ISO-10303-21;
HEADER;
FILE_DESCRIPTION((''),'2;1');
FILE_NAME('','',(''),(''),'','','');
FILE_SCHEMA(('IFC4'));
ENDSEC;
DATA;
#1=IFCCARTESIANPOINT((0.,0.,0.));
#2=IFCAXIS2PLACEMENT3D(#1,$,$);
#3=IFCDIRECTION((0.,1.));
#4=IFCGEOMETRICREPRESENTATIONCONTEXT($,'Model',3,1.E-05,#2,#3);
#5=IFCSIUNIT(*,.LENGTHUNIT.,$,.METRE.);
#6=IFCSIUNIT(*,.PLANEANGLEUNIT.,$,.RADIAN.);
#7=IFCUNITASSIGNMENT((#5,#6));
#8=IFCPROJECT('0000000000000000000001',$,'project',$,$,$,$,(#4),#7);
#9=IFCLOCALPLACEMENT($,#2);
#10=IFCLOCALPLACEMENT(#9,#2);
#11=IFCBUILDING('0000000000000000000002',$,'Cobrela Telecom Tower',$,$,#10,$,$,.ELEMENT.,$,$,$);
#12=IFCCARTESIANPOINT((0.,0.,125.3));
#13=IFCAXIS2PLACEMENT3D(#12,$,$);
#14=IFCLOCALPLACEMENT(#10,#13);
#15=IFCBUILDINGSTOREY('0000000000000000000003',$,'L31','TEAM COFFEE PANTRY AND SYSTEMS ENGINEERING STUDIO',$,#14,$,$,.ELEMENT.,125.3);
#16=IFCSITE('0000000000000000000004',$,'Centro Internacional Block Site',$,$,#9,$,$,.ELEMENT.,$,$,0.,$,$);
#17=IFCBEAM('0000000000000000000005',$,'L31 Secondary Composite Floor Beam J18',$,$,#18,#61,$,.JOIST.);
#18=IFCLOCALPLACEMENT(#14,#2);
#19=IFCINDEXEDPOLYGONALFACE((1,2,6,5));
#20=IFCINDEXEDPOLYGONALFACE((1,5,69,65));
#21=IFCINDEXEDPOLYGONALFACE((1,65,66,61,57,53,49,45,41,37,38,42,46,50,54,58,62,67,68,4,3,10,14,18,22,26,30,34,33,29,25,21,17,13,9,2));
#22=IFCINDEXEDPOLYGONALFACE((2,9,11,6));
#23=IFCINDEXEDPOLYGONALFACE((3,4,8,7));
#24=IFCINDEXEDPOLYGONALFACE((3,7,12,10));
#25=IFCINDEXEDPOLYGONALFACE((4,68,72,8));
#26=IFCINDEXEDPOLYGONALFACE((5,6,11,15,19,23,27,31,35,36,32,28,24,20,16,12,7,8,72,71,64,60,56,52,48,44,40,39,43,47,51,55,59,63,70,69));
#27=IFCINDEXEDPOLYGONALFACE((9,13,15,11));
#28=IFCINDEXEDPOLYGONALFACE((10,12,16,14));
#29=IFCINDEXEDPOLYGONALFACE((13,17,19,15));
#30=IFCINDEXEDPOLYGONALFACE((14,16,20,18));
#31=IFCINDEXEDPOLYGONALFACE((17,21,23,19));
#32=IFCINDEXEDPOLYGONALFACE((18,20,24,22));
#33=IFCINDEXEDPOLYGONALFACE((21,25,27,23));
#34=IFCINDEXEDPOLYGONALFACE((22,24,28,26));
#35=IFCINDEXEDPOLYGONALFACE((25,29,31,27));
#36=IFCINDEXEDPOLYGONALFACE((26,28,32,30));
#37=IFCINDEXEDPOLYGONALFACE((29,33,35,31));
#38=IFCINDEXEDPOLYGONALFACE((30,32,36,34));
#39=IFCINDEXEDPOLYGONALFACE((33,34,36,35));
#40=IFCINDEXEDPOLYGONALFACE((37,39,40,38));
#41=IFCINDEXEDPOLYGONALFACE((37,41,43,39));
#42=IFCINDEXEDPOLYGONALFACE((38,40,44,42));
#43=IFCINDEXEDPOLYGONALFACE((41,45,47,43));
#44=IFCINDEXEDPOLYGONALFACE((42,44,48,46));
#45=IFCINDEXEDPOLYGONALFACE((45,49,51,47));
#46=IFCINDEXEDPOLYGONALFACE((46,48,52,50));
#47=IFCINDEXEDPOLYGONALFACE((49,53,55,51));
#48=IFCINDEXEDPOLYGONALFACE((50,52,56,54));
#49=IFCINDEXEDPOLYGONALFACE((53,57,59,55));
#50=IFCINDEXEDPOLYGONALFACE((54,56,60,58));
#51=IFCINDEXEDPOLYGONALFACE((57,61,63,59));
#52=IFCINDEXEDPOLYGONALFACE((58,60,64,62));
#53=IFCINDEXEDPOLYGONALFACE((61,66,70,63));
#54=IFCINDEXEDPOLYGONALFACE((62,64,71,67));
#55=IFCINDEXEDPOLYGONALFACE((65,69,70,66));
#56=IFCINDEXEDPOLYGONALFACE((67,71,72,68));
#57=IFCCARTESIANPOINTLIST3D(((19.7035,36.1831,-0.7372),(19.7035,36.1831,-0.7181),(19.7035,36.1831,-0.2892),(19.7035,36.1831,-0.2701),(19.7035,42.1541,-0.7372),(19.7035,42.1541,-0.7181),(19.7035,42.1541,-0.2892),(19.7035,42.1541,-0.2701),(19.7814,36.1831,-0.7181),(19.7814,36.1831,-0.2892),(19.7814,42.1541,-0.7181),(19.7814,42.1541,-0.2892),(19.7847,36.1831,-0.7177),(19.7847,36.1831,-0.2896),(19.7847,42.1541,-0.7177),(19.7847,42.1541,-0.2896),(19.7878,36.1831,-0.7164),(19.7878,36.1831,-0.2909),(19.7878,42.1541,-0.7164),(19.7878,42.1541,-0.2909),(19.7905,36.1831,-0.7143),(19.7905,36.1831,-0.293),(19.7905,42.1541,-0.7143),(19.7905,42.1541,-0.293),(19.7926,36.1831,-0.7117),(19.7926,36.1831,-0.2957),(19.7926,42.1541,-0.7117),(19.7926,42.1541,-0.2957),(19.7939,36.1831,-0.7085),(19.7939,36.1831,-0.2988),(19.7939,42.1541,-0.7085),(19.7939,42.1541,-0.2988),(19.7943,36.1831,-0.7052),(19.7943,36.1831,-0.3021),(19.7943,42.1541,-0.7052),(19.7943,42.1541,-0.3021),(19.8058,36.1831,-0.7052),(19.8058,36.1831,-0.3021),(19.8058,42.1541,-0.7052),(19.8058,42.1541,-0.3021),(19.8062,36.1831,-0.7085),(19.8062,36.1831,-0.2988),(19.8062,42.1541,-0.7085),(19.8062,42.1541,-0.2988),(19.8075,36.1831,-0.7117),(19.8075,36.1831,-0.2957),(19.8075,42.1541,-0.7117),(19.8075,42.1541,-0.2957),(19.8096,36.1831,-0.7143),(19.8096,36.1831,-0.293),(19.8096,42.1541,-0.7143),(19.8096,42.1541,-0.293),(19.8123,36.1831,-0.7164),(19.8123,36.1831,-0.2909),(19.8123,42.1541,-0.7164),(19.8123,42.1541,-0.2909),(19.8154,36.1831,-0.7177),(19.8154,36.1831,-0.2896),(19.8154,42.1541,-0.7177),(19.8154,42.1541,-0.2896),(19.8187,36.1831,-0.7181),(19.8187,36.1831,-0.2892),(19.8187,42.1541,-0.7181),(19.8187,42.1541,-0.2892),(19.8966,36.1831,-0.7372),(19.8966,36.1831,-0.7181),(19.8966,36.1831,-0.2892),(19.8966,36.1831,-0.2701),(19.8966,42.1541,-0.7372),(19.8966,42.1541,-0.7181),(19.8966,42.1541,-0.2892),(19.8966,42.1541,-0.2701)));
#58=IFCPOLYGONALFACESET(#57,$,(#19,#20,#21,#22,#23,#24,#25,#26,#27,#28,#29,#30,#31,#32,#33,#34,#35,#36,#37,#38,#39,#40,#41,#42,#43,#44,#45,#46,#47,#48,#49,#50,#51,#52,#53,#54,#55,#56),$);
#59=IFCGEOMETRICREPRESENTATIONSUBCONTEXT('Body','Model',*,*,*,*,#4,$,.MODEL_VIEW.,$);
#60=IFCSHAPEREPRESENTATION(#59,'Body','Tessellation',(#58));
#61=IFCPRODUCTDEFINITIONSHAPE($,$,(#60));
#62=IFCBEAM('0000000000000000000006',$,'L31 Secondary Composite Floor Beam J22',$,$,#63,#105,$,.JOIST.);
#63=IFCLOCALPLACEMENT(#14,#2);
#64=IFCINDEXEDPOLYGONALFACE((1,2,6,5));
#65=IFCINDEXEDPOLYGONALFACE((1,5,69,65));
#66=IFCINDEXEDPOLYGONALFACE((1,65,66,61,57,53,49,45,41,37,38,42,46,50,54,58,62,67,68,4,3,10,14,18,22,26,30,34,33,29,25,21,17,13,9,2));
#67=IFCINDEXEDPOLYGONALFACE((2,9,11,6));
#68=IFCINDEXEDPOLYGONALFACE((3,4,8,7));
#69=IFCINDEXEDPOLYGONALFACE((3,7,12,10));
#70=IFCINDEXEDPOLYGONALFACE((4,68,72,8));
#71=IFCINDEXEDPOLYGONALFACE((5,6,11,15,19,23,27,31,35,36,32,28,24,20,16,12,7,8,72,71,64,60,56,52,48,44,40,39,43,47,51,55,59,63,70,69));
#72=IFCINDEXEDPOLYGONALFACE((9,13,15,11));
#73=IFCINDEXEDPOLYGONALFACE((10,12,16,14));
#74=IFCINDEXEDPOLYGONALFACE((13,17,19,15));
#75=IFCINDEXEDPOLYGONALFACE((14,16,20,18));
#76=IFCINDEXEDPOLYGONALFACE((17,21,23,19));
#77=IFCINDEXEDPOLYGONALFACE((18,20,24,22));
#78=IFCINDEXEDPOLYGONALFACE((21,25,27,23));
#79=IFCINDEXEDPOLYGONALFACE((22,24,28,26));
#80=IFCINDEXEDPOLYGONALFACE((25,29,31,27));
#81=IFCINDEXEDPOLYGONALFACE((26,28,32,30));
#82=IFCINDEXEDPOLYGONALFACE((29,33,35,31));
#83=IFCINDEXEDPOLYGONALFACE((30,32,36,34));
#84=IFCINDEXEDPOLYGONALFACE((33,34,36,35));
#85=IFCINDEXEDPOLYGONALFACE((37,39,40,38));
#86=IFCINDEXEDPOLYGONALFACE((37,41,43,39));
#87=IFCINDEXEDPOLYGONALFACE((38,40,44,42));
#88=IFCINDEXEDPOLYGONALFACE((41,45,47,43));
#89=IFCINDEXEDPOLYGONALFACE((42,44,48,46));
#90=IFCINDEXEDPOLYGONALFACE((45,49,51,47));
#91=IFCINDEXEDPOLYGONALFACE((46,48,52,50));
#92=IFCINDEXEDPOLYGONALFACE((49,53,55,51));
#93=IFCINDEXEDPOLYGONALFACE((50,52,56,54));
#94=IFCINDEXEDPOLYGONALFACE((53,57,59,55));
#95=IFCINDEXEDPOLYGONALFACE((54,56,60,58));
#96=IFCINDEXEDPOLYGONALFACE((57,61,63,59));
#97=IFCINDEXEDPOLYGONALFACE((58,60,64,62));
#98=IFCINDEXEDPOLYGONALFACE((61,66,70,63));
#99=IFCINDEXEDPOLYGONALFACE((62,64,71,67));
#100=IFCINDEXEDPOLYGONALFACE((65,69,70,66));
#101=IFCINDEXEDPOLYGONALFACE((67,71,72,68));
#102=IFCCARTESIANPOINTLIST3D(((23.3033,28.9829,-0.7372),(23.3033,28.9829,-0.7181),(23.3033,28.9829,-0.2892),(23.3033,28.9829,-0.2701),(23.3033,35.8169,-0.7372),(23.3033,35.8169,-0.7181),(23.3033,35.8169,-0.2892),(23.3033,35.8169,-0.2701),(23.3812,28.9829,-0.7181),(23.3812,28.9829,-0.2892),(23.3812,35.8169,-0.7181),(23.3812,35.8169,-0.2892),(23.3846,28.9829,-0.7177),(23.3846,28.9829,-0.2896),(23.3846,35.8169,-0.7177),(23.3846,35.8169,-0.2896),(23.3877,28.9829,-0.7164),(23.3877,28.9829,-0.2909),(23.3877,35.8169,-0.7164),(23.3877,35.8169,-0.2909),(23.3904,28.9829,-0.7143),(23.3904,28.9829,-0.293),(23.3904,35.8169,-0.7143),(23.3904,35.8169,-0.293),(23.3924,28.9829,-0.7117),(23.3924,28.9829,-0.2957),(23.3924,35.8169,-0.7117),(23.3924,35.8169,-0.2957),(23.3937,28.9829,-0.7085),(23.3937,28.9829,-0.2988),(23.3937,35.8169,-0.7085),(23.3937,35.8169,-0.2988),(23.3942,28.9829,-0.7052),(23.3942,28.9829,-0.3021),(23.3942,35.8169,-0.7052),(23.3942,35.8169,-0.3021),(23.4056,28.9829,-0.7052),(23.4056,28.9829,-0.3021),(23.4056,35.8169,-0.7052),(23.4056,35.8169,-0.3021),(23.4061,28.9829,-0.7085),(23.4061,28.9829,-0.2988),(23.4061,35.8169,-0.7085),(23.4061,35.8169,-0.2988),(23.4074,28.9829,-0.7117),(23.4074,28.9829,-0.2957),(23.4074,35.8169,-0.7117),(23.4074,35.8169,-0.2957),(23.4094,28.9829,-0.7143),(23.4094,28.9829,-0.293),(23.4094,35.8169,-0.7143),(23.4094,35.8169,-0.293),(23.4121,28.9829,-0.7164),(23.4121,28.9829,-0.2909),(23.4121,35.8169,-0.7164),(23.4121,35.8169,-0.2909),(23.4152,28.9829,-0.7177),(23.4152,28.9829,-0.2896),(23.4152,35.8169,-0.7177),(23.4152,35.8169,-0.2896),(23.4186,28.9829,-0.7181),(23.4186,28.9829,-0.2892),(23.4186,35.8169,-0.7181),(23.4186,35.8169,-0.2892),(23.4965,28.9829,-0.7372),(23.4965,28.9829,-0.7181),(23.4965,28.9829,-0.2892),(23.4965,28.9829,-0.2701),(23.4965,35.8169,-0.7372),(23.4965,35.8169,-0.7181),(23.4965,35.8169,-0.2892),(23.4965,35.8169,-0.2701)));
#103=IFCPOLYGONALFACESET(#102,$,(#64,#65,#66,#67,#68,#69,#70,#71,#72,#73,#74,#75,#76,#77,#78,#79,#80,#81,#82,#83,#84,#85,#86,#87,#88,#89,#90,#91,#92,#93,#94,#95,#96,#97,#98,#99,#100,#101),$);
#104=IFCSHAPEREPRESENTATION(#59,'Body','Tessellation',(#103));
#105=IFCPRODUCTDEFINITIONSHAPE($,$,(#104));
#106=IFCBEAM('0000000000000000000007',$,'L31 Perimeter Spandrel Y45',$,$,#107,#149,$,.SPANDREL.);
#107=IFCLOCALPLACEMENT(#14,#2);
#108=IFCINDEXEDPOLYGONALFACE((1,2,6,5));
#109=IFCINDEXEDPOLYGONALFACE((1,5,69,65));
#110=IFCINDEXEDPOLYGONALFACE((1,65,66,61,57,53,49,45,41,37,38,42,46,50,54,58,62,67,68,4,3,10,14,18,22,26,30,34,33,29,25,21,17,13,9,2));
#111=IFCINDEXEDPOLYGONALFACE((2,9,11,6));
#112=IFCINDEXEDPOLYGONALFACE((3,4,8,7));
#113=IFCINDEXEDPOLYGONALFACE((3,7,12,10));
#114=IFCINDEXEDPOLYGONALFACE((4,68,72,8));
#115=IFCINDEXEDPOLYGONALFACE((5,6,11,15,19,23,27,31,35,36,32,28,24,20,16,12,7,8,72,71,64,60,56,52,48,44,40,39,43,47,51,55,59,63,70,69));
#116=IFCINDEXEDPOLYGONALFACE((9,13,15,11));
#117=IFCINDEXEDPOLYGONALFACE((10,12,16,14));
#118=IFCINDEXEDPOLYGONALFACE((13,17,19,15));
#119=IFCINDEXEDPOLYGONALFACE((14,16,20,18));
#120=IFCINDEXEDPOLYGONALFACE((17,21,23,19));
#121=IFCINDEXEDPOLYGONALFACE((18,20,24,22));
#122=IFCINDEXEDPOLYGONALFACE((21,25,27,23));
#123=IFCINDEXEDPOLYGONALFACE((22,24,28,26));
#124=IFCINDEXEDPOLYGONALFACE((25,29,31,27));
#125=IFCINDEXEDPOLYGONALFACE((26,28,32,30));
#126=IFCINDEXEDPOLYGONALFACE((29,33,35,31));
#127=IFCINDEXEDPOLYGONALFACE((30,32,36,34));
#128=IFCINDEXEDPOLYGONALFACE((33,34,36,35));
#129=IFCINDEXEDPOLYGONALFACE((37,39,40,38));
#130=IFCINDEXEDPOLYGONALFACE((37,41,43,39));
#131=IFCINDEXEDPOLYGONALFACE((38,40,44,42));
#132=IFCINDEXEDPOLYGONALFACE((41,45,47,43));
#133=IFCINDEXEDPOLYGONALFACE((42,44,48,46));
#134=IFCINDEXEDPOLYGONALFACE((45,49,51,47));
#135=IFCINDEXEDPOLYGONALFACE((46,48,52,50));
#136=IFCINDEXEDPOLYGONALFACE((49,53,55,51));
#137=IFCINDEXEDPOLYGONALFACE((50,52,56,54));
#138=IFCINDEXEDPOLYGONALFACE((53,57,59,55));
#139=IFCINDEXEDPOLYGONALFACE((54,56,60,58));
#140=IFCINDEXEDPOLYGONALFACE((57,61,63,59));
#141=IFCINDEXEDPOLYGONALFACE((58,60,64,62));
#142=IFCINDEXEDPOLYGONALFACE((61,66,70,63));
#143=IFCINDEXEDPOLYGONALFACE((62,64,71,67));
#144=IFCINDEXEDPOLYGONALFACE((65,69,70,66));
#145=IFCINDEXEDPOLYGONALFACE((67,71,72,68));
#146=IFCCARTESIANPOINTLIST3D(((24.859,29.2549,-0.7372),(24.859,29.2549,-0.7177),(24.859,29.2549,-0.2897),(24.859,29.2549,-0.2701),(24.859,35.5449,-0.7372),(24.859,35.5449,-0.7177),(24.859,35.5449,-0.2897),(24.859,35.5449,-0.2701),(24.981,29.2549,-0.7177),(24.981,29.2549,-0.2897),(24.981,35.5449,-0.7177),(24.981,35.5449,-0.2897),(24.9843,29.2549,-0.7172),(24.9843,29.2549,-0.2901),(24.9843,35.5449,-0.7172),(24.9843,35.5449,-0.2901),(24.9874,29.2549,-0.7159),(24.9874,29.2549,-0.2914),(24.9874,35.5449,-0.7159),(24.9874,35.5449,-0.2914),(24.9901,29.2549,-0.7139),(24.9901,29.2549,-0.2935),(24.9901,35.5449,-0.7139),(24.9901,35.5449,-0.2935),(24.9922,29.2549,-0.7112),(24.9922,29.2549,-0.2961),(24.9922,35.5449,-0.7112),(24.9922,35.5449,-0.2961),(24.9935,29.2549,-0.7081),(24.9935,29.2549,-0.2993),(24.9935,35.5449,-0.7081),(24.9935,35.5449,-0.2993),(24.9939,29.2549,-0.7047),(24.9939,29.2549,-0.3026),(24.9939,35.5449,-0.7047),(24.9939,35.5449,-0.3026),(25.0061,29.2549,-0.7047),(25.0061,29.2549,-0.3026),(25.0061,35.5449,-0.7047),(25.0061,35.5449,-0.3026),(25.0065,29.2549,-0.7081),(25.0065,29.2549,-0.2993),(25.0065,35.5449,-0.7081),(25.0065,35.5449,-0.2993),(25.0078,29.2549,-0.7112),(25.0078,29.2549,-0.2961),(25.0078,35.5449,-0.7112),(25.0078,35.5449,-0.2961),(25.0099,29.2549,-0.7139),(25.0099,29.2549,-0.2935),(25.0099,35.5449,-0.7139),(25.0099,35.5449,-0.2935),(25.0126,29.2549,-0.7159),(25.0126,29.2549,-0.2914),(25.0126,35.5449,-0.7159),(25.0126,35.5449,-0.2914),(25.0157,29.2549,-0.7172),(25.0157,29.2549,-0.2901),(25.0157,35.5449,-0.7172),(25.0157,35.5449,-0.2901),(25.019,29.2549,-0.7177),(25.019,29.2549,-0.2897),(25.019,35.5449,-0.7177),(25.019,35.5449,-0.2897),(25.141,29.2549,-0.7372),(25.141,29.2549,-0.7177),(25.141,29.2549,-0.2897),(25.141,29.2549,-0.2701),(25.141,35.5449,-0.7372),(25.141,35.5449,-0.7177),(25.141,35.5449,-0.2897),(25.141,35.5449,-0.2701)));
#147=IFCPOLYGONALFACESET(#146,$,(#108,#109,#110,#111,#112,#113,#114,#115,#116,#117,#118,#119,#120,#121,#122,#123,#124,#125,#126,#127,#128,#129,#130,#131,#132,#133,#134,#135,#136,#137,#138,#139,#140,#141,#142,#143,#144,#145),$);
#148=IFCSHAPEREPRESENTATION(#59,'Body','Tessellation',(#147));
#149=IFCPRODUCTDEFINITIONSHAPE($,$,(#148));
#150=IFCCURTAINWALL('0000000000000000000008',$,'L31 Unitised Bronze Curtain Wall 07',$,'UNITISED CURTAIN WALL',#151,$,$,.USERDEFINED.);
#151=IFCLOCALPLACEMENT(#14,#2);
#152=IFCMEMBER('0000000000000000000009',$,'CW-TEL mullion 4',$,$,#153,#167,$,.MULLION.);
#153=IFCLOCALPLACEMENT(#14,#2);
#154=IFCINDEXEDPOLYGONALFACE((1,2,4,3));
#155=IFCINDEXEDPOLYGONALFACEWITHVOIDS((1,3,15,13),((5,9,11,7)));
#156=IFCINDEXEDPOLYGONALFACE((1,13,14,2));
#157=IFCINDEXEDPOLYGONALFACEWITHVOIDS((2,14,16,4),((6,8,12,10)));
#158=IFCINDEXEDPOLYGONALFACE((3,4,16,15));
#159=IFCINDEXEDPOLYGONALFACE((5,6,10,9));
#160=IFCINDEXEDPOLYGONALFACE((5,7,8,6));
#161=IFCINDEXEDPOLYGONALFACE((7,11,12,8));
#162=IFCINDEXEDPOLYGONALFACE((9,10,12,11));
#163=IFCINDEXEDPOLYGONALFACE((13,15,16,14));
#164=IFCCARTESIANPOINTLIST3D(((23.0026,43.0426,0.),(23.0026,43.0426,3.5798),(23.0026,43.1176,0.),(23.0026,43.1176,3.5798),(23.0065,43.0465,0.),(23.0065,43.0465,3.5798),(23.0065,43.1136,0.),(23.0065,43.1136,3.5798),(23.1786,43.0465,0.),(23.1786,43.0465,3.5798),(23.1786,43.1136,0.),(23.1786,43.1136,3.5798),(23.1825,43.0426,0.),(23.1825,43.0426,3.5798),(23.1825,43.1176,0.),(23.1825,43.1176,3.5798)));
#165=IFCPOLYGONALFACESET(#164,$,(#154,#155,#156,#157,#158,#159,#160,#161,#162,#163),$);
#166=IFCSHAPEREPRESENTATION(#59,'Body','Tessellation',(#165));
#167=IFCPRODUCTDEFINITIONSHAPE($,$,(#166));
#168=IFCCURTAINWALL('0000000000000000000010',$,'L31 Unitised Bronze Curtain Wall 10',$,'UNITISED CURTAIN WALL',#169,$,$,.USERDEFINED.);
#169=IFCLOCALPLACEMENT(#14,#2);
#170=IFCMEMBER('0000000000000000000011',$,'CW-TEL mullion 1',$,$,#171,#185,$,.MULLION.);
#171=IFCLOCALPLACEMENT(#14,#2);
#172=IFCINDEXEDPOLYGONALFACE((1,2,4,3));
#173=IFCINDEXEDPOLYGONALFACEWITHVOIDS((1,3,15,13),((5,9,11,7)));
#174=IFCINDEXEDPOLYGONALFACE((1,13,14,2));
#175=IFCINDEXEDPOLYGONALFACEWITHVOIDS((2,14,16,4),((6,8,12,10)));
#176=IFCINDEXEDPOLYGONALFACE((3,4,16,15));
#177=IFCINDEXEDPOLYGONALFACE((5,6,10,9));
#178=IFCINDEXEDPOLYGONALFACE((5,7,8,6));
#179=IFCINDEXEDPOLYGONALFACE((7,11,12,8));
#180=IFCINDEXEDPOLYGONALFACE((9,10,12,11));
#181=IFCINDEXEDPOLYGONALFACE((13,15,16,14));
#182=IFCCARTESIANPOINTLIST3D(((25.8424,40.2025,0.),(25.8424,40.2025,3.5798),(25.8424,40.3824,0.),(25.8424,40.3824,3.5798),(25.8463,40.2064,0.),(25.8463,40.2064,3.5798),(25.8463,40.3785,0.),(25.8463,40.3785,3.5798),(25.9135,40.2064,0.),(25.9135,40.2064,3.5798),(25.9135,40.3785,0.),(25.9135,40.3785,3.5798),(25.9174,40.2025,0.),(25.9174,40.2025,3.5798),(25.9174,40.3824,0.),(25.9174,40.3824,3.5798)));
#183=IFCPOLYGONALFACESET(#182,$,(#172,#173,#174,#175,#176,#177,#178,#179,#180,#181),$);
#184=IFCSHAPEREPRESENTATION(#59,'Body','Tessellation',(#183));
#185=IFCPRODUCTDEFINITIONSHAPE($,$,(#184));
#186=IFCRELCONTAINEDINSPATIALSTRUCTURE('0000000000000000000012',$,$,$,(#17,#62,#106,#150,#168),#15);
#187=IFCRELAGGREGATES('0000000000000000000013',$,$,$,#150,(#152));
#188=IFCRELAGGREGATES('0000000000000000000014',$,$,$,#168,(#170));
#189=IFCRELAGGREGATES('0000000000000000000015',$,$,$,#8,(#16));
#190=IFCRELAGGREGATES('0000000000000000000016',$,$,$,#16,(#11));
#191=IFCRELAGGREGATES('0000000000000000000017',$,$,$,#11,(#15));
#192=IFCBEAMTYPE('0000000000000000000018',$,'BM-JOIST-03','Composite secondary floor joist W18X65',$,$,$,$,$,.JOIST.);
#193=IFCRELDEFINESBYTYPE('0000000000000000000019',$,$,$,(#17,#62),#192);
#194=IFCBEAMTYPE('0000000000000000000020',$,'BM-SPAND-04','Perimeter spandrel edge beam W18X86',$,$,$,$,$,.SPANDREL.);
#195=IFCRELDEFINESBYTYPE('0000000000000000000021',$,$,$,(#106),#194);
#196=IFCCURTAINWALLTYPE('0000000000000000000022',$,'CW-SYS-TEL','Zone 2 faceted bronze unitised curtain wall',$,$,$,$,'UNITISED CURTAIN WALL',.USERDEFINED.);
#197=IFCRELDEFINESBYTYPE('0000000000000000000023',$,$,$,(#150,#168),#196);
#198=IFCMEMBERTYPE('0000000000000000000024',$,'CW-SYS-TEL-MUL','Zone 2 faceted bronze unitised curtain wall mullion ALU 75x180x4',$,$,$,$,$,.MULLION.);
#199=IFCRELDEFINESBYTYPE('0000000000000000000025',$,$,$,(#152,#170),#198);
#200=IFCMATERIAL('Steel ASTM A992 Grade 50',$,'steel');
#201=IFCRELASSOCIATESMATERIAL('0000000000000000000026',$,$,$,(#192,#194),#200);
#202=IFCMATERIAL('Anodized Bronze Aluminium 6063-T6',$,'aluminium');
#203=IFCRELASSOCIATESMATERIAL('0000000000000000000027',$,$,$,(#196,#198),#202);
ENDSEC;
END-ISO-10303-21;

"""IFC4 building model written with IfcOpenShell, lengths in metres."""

from ifc_helpers import new_model, si_unit, direction, frame, origin, origin_2d, place, context, subcontext, project, spatial, hollow_rectangle, i_section, extrude, material, material_profile, profile_set, type_object, element, aggregate, save


model = new_model("IFC4")

# Units and contexts
model_context = context("Model", 3, precision=1e-05, world=origin(), true_north=direction((0.0, 1.0)))
body_context = subcontext(model_context, "Body", "Model", "MODEL_VIEW")
ifc_project = project(units=[si_unit("LENGTHUNIT", "METRE"), si_unit("PLANEANGLEUNIT", "RADIAN")], contexts=[model_context])

# Site, building, storey
site_placement = place(None, origin())
site = spatial("IfcSite", under=ifc_project, at=site_placement, Name="Centro Internacional Block Site", CompositionType="ELEMENT", RefElevation=0.0)
building_placement = place(site_placement, origin())
building = spatial("IfcBuilding", under=site, at=building_placement, Name="Cobrela Telecom Tower", CompositionType="ELEMENT")
storey_placement = place(building_placement, frame((0.0, 0.0, 125.3)))
storey = spatial("IfcBuildingStorey", under=building, at=storey_placement, Name="L31", Description="TEAM COFFEE PANTRY AND SYSTEMS ENGINEERING STUDIO", CompositionType="ELEMENT", Elevation=125.3)

# Shared definitions
ifc_material_1 = material(Name="Steel ASTM A992 Grade 50", Category="steel")

# Beams
ifc_material_profile_1 = material_profile(ifc_material_1, i_section(OverallWidth=0.1931, OverallDepth=0.467, WebThickness=0.0115, FlangeThickness=0.019, FilletRadius=0.0129, at=origin_2d()), Name="W18X65")
ifc_profile_set_1 = profile_set([ifc_material_profile_1], Name="Steel ASTM A992 Grade 50")
beam_type_1 = type_object("IfcBeamType", Name="BM-JOIST-03", Description="Composite secondary floor joist W18X65", PredefinedType="JOIST", material=ifc_profile_set_1)
beam_1_placement = place(storey_placement, frame((19.8, 36.1831, -0.5037), z_axis=(0.0, 1.0, 0.0), x_axis=(-1.0, 0.0, 0.0)))
element("IfcBeam", 1, at=beam_1_placement, inside=storey, type_object=beam_type_1, Name="L31 Secondary Composite Floor Beam J18", PredefinedType="JOIST", context=body_context, shape_type="SweptSolid", body=[
    extrude(i_section(OverallWidth=0.1931, OverallDepth=0.467, WebThickness=0.0115, FlangeThickness=0.019, FilletRadius=0.0129, at=origin_2d()), origin(), (0.0, 0.0, 1.0), 5.9709),
])
beam_2_placement = place(storey_placement, frame((23.3999, 28.9829, -0.5037), z_axis=(0.0, 1.0, 0.0), x_axis=(-1.0, 0.0, 0.0)))
element("IfcBeam", 2, at=beam_2_placement, inside=storey, type_object=beam_type_1, Name="L31 Secondary Composite Floor Beam J22", PredefinedType="JOIST", context=body_context, shape_type="SweptSolid", body=[
    extrude(i_section(OverallWidth=0.1931, OverallDepth=0.467, WebThickness=0.0115, FlangeThickness=0.019, FilletRadius=0.0129, at=origin_2d()), origin(), (0.0, 0.0, 1.0), 6.834),
])
ifc_material_profile_2 = material_profile(ifc_material_1, i_section(OverallWidth=0.282, OverallDepth=0.467, WebThickness=0.0122, FlangeThickness=0.0195, FilletRadius=0.0129, at=origin_2d()), Name="W18X86")
ifc_profile_set_2 = profile_set([ifc_material_profile_2], Name="Steel ASTM A992 Grade 50")
beam_type_2 = type_object("IfcBeamType", Name="BM-SPAND-04", Description="Perimeter spandrel edge beam W18X86", PredefinedType="SPANDREL", material=ifc_profile_set_2)
beam_3_placement = place(storey_placement, frame((25.0, 29.2549, -0.5037), z_axis=(0.0, 1.0, 0.0), x_axis=(-1.0, 0.0, 0.0)))
element("IfcBeam", 3, at=beam_3_placement, inside=storey, type_object=beam_type_2, Name="L31 Perimeter Spandrel Y45", PredefinedType="SPANDREL", context=body_context, shape_type="SweptSolid", body=[
    extrude(i_section(OverallWidth=0.282, OverallDepth=0.467, WebThickness=0.0122, FlangeThickness=0.0195, FilletRadius=0.0129, at=origin_2d()), origin(), (0.0, 0.0, 1.0), 6.29),
])

# Curtain wall, member
ifc_material_2 = material(Name="Anodized Bronze Aluminium 6063-T6", Category="aluminium")
curtain_wall_type = type_object("IfcCurtainWallType", Name="CW-SYS-TEL", Description="Zone 2 faceted bronze unitised curtain wall", ElementType="UNITISED CURTAIN WALL", PredefinedType="USERDEFINED", material=ifc_material_2)
curtain_wall_1_placement = place(storey_placement, origin())
curtain_wall_1 = element("IfcCurtainWall", 4, at=curtain_wall_1_placement, inside=storey, type_object=curtain_wall_type, Name="L31 Unitised Bronze Curtain Wall 07", ObjectType="UNITISED CURTAIN WALL", PredefinedType="USERDEFINED")
ifc_material_profile_3 = material_profile(ifc_material_2, hollow_rectangle(XDim=0.075, YDim=0.1799, WallThickness=0.0039, at=origin_2d()), Name="ALU 75x180x4")
ifc_profile_set_3 = profile_set([ifc_material_profile_3], Name="Anodized Bronze Aluminium 6063-T6")
member_type_1 = type_object("IfcMemberType", Name="CW-SYS-TEL-MUL", Description="Zone 2 faceted bronze unitised curtain wall mullion ALU 75x180x4", PredefinedType="MULLION", material=ifc_profile_set_3)
member_1_placement = place(storey_placement, frame((23.0925, 43.0801, 0.0), z_axis=(0.0, 0.0, 1.0), x_axis=(0.0, 1.0, 0.0)))
member_1 = element("IfcMember", 5, at=member_1_placement, type_object=member_type_1, Name="CW-TEL mullion 4", PredefinedType="MULLION", context=body_context, shape_type="SweptSolid", body=[
    extrude(hollow_rectangle(XDim=0.075, YDim=0.1799, WallThickness=0.0039, at=origin_2d()), origin(), (0.0, 0.0, 1.0), 3.5798),
])

# Curtain wall, member
curtain_wall_2_placement = place(storey_placement, origin())
curtain_wall_2 = element("IfcCurtainWall", 6, at=curtain_wall_2_placement, inside=storey, type_object=curtain_wall_type, Name="L31 Unitised Bronze Curtain Wall 10", ObjectType="UNITISED CURTAIN WALL", PredefinedType="USERDEFINED")
member_2_placement = place(storey_placement, frame((25.8799, 40.2925, 0.0), z_axis=(0.0, 0.0, 1.0), x_axis=(1.0, 0.0, 0.0)))
member_2 = element("IfcMember", 7, at=member_2_placement, type_object=member_type_1, Name="CW-TEL mullion 1", PredefinedType="MULLION", context=body_context, shape_type="SweptSolid", body=[
    extrude(hollow_rectangle(XDim=0.075, YDim=0.1799, WallThickness=0.0039, at=origin_2d()), origin(), (0.0, 0.0, 1.0), 3.5798),
])

aggregate(curtain_wall_1, [member_1])
aggregate(curtain_wall_2, [member_2])

save(model, "model.ifc")
